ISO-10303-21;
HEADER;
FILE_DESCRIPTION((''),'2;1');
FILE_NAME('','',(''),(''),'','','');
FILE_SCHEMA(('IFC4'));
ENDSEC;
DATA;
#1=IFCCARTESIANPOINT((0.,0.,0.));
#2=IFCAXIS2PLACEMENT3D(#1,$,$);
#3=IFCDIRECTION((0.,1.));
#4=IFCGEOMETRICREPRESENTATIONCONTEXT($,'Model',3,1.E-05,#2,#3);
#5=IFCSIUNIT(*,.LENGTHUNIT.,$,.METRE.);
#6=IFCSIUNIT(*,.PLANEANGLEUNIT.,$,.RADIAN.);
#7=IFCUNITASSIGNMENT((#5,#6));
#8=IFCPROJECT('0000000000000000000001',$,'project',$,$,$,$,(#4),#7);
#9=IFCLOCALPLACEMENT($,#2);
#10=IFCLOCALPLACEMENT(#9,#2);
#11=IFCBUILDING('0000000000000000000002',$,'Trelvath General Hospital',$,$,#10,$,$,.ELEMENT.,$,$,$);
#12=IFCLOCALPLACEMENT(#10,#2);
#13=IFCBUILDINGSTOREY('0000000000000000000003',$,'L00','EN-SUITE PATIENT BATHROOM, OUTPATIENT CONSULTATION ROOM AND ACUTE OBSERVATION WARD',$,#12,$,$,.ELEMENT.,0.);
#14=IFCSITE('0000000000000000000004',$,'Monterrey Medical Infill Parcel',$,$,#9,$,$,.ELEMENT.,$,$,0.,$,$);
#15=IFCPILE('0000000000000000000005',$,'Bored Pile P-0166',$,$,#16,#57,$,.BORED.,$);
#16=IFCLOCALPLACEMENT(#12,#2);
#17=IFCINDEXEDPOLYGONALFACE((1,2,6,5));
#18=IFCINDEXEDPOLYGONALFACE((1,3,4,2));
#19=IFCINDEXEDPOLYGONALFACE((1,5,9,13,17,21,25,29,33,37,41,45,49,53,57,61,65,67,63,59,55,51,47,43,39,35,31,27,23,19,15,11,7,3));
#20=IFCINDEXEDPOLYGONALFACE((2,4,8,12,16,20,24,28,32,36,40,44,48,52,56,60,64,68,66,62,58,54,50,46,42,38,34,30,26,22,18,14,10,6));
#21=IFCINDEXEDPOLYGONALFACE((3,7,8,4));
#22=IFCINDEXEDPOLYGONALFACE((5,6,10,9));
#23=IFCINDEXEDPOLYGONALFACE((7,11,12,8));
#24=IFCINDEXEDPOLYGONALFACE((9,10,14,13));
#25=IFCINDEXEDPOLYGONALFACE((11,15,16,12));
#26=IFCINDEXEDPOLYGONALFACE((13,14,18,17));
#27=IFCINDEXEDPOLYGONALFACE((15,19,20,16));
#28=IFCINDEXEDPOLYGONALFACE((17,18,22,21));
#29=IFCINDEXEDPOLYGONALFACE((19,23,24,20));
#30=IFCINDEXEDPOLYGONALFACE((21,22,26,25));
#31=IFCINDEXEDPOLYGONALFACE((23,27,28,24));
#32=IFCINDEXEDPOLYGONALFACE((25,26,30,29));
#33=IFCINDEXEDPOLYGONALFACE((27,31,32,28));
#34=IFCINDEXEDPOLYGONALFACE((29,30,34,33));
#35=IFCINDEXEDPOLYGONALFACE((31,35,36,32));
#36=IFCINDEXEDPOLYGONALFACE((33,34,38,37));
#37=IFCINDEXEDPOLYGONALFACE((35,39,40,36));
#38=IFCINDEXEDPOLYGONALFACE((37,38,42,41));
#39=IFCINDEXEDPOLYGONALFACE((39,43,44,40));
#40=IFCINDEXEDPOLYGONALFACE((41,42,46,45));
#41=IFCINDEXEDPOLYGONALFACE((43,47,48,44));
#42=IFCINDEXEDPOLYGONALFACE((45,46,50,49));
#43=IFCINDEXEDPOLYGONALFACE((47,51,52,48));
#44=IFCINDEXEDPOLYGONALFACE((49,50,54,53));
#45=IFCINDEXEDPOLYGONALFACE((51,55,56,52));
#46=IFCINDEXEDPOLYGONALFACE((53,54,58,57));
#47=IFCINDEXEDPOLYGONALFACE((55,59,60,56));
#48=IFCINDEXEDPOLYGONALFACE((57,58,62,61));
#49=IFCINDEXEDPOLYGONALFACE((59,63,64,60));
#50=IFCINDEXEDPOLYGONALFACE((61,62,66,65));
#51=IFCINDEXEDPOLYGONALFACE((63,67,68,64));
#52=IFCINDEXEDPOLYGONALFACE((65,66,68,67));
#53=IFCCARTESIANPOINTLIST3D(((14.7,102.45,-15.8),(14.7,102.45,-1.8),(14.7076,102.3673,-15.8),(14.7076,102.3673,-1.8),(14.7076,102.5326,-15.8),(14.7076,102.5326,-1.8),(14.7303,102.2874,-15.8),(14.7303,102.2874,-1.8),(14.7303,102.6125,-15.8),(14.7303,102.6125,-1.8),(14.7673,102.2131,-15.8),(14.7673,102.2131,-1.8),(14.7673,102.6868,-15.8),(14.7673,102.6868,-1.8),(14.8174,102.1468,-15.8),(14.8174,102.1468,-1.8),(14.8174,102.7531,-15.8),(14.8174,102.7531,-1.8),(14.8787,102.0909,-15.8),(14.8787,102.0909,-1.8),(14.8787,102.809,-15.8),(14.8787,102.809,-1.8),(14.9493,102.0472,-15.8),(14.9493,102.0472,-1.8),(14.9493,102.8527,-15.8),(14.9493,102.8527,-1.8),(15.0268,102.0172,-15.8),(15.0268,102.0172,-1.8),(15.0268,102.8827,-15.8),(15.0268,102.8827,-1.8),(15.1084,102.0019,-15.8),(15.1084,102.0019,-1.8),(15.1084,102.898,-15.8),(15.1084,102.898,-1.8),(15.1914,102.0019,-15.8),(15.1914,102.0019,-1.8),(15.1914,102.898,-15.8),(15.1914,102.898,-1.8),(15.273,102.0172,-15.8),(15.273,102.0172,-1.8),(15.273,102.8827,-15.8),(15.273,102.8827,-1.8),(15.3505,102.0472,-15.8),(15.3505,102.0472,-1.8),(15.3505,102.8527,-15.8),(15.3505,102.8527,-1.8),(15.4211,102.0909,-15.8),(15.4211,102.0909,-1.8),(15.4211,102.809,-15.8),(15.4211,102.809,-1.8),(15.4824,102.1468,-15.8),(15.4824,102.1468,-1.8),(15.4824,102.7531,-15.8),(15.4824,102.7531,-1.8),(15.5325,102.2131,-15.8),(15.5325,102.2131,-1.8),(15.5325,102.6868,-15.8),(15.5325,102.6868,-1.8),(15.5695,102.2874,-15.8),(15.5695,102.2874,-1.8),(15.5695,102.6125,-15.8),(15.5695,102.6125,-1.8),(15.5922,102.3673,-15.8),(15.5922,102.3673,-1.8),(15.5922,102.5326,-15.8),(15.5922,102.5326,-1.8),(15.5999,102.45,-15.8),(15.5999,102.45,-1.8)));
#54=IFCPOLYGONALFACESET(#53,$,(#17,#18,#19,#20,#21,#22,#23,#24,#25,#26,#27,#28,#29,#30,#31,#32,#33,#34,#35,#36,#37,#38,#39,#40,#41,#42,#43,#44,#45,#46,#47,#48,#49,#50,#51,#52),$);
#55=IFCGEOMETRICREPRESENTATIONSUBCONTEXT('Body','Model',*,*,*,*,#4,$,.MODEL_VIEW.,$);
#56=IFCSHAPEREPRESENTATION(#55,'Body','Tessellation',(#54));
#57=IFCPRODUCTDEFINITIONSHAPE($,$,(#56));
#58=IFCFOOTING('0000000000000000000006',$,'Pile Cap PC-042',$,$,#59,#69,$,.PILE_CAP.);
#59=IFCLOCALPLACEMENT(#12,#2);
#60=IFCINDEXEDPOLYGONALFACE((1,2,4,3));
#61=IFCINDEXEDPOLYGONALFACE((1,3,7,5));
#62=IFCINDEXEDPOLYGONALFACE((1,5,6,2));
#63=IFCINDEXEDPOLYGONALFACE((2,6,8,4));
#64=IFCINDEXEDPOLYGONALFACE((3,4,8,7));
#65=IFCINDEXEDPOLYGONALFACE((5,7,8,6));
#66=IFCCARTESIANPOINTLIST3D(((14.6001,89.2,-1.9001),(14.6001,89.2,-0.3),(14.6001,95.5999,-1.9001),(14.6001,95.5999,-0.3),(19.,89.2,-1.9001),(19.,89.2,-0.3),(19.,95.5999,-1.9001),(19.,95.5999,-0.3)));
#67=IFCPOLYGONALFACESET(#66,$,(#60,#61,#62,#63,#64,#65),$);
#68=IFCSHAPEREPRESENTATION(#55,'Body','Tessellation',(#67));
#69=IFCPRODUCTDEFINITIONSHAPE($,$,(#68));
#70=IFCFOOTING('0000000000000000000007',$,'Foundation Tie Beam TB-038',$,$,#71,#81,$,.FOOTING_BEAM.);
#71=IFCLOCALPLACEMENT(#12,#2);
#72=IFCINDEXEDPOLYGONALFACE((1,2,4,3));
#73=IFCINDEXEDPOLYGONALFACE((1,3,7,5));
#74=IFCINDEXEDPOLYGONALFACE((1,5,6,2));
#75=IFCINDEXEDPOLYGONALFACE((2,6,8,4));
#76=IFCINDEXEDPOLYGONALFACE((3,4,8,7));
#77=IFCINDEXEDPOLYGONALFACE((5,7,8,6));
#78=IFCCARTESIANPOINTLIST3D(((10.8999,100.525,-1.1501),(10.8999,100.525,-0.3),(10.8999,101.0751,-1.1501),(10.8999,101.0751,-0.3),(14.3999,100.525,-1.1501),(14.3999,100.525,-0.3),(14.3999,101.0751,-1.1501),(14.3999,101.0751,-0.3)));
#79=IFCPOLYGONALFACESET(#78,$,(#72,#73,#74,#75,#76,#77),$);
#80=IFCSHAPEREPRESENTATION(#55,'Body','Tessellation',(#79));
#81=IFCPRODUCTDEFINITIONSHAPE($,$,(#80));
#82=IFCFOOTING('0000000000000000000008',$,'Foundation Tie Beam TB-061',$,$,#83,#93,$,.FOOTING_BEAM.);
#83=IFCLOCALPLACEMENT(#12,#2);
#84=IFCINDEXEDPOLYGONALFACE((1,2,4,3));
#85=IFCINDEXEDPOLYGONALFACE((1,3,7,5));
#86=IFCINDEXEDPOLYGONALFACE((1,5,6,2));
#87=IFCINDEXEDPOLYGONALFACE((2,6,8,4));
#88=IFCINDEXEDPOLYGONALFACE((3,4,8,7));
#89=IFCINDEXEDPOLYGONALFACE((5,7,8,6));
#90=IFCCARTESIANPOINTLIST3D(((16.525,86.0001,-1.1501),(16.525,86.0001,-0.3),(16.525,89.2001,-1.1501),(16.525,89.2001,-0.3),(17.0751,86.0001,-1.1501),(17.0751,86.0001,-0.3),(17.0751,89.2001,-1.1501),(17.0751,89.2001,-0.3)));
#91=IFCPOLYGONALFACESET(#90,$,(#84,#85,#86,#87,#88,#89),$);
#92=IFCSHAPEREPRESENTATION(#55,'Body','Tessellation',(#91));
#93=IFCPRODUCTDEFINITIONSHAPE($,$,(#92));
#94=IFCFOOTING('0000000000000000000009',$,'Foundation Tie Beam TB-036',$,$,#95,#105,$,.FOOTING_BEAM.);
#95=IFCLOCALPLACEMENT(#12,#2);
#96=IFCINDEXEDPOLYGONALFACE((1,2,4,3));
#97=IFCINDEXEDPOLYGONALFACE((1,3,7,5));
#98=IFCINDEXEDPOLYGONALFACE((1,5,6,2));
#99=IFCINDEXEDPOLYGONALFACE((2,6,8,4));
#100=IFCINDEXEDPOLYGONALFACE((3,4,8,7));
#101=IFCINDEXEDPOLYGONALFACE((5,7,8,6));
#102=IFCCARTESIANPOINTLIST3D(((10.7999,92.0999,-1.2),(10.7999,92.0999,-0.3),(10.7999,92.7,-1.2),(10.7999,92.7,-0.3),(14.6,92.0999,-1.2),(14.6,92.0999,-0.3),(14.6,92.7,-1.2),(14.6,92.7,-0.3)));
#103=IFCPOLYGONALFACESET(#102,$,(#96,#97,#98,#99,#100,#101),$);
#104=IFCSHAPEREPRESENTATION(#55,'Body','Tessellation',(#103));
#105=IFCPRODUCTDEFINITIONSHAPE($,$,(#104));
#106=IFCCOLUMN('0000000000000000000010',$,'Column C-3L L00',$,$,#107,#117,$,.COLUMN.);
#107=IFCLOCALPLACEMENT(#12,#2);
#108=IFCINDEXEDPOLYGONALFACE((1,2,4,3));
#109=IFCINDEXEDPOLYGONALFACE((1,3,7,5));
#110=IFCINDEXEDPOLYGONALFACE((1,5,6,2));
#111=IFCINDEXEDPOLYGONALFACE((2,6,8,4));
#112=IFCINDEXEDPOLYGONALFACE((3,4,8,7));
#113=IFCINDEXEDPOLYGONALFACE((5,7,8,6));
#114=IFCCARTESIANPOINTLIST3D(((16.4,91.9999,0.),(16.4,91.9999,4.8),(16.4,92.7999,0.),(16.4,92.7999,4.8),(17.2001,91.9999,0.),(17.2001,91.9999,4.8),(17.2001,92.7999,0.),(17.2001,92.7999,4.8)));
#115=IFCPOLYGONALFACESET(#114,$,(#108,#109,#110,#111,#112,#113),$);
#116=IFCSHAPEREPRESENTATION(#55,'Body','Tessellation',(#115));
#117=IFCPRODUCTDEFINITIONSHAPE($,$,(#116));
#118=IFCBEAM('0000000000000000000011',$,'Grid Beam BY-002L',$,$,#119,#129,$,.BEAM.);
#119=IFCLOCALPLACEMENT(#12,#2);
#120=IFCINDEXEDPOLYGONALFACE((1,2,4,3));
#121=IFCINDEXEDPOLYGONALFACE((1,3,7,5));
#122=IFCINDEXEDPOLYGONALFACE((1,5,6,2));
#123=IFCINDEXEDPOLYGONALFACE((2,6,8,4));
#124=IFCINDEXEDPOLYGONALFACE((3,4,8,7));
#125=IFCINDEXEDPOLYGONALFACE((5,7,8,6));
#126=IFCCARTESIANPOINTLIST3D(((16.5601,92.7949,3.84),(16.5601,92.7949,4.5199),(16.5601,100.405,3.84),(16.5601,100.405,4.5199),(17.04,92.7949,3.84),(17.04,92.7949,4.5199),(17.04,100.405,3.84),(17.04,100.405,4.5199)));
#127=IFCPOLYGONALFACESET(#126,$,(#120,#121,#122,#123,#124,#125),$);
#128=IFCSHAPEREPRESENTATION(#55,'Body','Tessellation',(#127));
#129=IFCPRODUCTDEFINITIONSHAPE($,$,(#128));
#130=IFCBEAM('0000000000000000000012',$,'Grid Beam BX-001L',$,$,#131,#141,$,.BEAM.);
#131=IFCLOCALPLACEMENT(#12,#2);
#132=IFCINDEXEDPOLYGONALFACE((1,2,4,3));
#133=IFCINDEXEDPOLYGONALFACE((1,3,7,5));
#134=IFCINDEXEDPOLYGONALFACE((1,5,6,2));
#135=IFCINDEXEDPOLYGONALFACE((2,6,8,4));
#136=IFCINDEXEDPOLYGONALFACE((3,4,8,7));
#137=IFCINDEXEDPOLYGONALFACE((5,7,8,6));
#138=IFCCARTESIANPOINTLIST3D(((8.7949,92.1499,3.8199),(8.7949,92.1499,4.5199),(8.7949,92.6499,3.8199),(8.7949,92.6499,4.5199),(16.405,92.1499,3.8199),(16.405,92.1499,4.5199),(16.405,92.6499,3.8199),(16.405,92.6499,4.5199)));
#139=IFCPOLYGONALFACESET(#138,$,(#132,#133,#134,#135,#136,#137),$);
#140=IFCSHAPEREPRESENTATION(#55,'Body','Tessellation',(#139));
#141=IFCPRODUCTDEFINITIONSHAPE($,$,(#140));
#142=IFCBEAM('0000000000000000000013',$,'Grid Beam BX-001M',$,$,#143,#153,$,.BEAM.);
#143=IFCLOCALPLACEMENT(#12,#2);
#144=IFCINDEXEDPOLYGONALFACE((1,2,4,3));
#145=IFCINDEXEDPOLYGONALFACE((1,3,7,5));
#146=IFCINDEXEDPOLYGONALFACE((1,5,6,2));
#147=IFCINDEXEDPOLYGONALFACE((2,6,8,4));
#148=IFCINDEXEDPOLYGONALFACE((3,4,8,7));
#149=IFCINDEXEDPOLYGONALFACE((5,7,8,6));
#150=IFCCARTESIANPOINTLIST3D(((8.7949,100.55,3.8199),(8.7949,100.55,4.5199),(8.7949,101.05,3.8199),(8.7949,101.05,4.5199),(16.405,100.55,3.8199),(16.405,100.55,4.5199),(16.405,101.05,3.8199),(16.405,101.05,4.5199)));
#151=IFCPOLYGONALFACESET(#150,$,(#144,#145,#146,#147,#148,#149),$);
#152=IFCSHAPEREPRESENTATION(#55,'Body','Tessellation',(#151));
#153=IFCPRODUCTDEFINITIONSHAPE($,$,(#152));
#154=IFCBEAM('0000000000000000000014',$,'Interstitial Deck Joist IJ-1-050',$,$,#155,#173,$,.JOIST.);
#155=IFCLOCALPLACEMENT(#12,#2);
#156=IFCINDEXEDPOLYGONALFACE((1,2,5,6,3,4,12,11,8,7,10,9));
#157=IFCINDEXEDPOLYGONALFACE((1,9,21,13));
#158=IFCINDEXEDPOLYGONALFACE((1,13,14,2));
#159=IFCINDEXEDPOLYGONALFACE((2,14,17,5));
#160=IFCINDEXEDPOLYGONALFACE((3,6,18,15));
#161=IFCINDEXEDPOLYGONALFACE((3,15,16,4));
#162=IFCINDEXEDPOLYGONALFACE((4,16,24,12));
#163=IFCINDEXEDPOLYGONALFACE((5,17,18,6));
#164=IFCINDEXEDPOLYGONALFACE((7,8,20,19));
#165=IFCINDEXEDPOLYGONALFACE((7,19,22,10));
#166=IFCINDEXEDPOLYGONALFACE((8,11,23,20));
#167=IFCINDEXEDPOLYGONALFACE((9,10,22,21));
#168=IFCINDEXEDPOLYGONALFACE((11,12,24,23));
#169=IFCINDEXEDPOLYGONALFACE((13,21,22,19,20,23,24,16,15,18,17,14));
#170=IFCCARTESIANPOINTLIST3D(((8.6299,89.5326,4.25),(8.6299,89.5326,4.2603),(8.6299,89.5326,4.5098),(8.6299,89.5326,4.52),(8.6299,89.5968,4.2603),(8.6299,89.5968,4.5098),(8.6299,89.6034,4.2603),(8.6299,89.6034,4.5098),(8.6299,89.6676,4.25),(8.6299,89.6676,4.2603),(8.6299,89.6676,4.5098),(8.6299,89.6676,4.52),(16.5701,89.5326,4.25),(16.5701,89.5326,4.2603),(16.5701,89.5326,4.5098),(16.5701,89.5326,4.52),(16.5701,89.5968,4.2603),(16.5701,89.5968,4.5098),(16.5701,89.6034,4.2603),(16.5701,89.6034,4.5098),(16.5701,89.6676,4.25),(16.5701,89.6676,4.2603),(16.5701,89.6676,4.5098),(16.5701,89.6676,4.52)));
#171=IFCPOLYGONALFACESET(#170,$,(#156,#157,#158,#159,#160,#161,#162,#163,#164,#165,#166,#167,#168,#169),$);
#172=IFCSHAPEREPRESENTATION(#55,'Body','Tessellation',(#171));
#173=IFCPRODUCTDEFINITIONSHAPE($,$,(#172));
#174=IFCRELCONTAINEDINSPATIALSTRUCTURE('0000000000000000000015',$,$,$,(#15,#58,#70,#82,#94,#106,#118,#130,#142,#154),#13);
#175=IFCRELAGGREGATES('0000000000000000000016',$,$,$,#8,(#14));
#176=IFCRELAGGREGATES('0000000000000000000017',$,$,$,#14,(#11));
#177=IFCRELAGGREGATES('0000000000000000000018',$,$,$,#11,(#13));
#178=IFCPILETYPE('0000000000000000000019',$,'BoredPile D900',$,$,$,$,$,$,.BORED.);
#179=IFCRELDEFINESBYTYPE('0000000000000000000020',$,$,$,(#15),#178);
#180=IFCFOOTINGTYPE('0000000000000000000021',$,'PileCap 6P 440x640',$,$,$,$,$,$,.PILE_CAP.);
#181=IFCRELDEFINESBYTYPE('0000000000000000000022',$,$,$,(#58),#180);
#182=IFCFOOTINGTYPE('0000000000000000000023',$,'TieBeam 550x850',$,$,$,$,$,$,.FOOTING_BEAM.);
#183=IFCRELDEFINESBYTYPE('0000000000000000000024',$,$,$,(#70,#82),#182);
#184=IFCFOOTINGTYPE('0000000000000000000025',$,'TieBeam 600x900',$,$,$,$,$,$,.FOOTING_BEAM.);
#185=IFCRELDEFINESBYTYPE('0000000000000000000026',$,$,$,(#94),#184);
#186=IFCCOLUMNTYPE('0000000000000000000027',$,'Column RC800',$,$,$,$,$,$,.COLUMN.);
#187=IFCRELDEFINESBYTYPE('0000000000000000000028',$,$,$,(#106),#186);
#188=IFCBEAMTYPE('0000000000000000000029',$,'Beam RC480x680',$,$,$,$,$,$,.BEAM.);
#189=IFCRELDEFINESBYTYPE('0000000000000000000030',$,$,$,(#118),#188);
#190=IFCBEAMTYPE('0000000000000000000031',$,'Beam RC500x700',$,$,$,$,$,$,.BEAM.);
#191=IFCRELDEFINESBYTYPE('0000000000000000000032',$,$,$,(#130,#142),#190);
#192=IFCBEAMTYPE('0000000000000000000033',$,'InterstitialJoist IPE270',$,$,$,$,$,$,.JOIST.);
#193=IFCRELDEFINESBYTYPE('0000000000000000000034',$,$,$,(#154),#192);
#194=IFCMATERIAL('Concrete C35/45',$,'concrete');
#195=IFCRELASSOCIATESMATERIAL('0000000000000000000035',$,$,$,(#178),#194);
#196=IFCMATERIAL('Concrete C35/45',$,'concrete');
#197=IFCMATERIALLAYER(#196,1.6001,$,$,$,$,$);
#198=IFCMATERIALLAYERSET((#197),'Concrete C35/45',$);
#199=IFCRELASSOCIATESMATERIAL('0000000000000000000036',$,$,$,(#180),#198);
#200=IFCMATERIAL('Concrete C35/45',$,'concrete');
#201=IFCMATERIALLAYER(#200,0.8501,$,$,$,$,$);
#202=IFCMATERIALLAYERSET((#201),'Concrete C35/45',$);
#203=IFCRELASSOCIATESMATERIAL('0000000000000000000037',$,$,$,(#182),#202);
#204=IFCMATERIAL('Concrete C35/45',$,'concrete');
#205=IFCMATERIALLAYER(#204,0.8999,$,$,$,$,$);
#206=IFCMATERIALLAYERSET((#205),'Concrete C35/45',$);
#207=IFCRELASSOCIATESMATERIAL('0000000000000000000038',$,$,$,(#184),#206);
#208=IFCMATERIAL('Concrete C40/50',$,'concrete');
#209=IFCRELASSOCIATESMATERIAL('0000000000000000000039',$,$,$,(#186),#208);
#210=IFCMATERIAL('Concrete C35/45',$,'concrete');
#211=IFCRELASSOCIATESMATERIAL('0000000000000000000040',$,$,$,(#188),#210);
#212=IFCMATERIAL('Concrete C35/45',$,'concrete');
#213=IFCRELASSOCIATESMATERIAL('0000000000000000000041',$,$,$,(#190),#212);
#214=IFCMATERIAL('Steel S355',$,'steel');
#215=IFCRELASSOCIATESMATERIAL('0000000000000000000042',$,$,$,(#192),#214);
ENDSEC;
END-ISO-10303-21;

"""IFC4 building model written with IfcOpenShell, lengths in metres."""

from ifc_helpers import new_model, si_unit, direction, frame, origin, origin_2d, place, context, subcontext, project, spatial, rectangle, circle, i_section, extrude, material, layer, layer_set, material_profile, profile_set, type_object, element, save


model = new_model("IFC4")

# Units and contexts
model_context = context("Model", 3, precision=1e-05, world=origin(), true_north=direction((0.0, 1.0)))
body_context = subcontext(model_context, "Body", "Model", "MODEL_VIEW")
ifc_project = project(units=[si_unit("LENGTHUNIT", "METRE"), si_unit("PLANEANGLEUNIT", "RADIAN")], contexts=[model_context])

# Site, building, storey
site_placement = place(None, origin())
site = spatial("IfcSite", under=ifc_project, at=site_placement, Name="Monterrey Medical Infill Parcel", CompositionType="ELEMENT", RefElevation=0.0)
building_placement = place(site_placement, origin())
building = spatial("IfcBuilding", under=site, at=building_placement, Name="Trelvath General Hospital", CompositionType="ELEMENT")
storey_placement = place(building_placement, origin())
storey = spatial("IfcBuildingStorey", under=building, at=storey_placement, Name="L00", Description="EN-SUITE PATIENT BATHROOM, OUTPATIENT CONSULTATION ROOM AND ACUTE OBSERVATION WARD", CompositionType="ELEMENT", Elevation=0.0)

# Pile
ifc_material_1 = material(Name="Concrete C35/45", Category="concrete")
ifc_material_profile_1 = material_profile(ifc_material_1, circle(Radius=0.45, at=origin_2d()), Name="PILE900")
ifc_profile_set_1 = profile_set([ifc_material_profile_1], Name="Concrete C35/45")
pile_type_1 = type_object("IfcPileType", Name="BoredPile D900", PredefinedType="BORED", material=ifc_profile_set_1)
for number, where, z_axis, x_axis, name in (
    (1, (15.1499, 102.45, -1.8), (0.0, 0.0, -1.0), (1.0, 0.0, 0.0), "Bored Pile P-0166"),
):
    element("IfcPile", number, at=place(storey_placement, frame(where, z_axis=z_axis, x_axis=x_axis)), inside=storey, type_object=pile_type_1, Name=name, PredefinedType="BORED", context=body_context, shape_type="SweptSolid", body=[
        extrude(circle(Radius=0.45, at=origin_2d()), origin(), (0.0, 0.0, 1.0), 14.0),
    ])

# Footings
ifc_material_2 = material(Name="Concrete C35/45", Category="concrete")
ifc_layer_1 = layer(ifc_material_2, 1.6001)
ifc_layer_set_1 = layer_set([ifc_layer_1], Name="Concrete C35/45")
footing_type_1 = type_object("IfcFootingType", Name="PileCap 6P 440x640", PredefinedType="PILE_CAP", material=ifc_layer_set_1)
footing_1_placement = place(storey_placement, frame((16.8, 92.3999, -1.9001), z_axis=(0.0, 0.0, 1.0), x_axis=(1.0, 0.0, 0.0)))
element("IfcFooting", 2, at=footing_1_placement, inside=storey, type_object=footing_type_1, Name="Pile Cap PC-042", PredefinedType="PILE_CAP", context=body_context, shape_type="SweptSolid", body=[
    extrude(rectangle(XDim=4.3999, YDim=6.3999, at=origin_2d()), origin(), (0.0, 0.0, 1.0), 1.6001),
])
ifc_material_3 = material(Name="Concrete C35/45", Category="concrete")
ifc_layer_2 = layer(ifc_material_3, 0.8501)
ifc_layer_set_2 = layer_set([ifc_layer_2], Name="Concrete C35/45")
footing_type_2 = type_object("IfcFootingType", Name="TieBeam 550x850", PredefinedType="FOOTING_BEAM", material=ifc_layer_set_2)
footing_2_placement = place(storey_placement, frame((12.6499, 100.8, -1.1501), z_axis=(0.0, 0.0, 1.0), x_axis=(1.0, 0.0, 0.0)))
element("IfcFooting", 3, at=footing_2_placement, inside=storey, type_object=footing_type_2, Name="Foundation Tie Beam TB-038", PredefinedType="FOOTING_BEAM", context=body_context, shape_type="SweptSolid", body=[
    extrude(rectangle(XDim=3.5, YDim=0.55, at=origin_2d()), origin(), (0.0, 0.0, 1.0), 0.8501),
])
footing_3_placement = place(storey_placement, frame((16.8, 87.6001, -1.1501), z_axis=(0.0, 0.0, 1.0), x_axis=(1.0, 0.0, 0.0)))
element("IfcFooting", 4, at=footing_3_placement, inside=storey, type_object=footing_type_2, Name="Foundation Tie Beam TB-061", PredefinedType="FOOTING_BEAM", context=body_context, shape_type="SweptSolid", body=[
    extrude(rectangle(XDim=0.55, YDim=3.2, at=origin_2d()), origin(), (0.0, 0.0, 1.0), 0.8501),
])
ifc_material_4 = material(Name="Concrete C35/45", Category="concrete")
ifc_layer_3 = layer(ifc_material_4, 0.8999)
ifc_layer_set_3 = layer_set([ifc_layer_3], Name="Concrete C35/45")
footing_type_3 = type_object("IfcFootingType", Name="TieBeam 600x900", PredefinedType="FOOTING_BEAM", material=ifc_layer_set_3)
footing_4_placement = place(storey_placement, frame((12.7, 92.3999, -1.2), z_axis=(0.0, 0.0, 1.0), x_axis=(1.0, 0.0, 0.0)))
element("IfcFooting", 5, at=footing_4_placement, inside=storey, type_object=footing_type_3, Name="Foundation Tie Beam TB-036", PredefinedType="FOOTING_BEAM", context=body_context, shape_type="SweptSolid", body=[
    extrude(rectangle(XDim=3.8, YDim=0.6001, at=origin_2d()), origin(), (0.0, 0.0, 1.0), 0.8999),
])

# Column
ifc_material_5 = material(Name="Concrete C40/50", Category="concrete")
ifc_material_profile_2 = material_profile(ifc_material_5, rectangle(XDim=0.8, YDim=0.8, at=origin_2d()), Name="RC800x800")
ifc_profile_set_2 = profile_set([ifc_material_profile_2], Name="Concrete C40/50")
column_type = type_object("IfcColumnType", Name="Column RC800", PredefinedType="COLUMN", material=ifc_profile_set_2)
column_placement = place(storey_placement, frame((16.8, 92.3999, 0.0), z_axis=(0.0, 0.0, 1.0), x_axis=(1.0, 0.0, 0.0)))
element("IfcColumn", 6, at=column_placement, inside=storey, type_object=column_type, Name="Column C-3L L00", PredefinedType="COLUMN", context=body_context, shape_type="SweptSolid", body=[
    extrude(rectangle(XDim=0.8, YDim=0.8, at=origin_2d()), origin(), (0.0, 0.0, 1.0), 4.8),
])

# Beams
ifc_material_6 = material(Name="Concrete C35/45", Category="concrete")
ifc_material_profile_3 = material_profile(ifc_material_6, rectangle(XDim=0.48, YDim=0.6799, at=origin_2d()), Name="RCB480x680")
ifc_profile_set_3 = profile_set([ifc_material_profile_3], Name="Concrete C35/45")
beam_type_1 = type_object("IfcBeamType", Name="Beam RC480x680", PredefinedType="BEAM", material=ifc_profile_set_3)
beam_placement = place(storey_placement, frame((16.8, 92.7949, 4.1799), z_axis=(0.0, 1.0, 0.0), x_axis=(-1.0, 0.0, 0.0)))
element("IfcBeam", 7, at=beam_placement, inside=storey, type_object=beam_type_1, Name="Grid Beam BY-002L", PredefinedType="BEAM", context=body_context, shape_type="SweptSolid", body=[
    extrude(rectangle(XDim=0.48, YDim=0.6799, at=origin_2d()), origin(), (0.0, 0.0, 1.0), 7.6101),
])
ifc_material_7 = material(Name="Concrete C35/45", Category="concrete")
ifc_material_profile_4 = material_profile(ifc_material_7, rectangle(XDim=0.5, YDim=0.7, at=origin_2d()), Name="RCB500x700")
ifc_profile_set_4 = profile_set([ifc_material_profile_4], Name="Concrete C35/45")
beam_type_2 = type_object("IfcBeamType", Name="Beam RC500x700", PredefinedType="BEAM", material=ifc_profile_set_4)
for number, where, z_axis, x_axis, name in (
    (8, (8.7949, 92.3999, 4.1699), (1.0, 0.0, 0.0), (0.0, 1.0, 0.0), "Grid Beam BX-001L"),
    (9, (8.7949, 100.8, 4.1699), (1.0, 0.0, 0.0), (0.0, 1.0, 0.0), "Grid Beam BX-001M"),
):
    element("IfcBeam", number, at=place(storey_placement, frame(where, z_axis=z_axis, x_axis=x_axis)), inside=storey, type_object=beam_type_2, Name=name, PredefinedType="BEAM", context=body_context, shape_type="SweptSolid", body=[
        extrude(rectangle(XDim=0.5, YDim=0.7, at=origin_2d()), origin(), (0.0, 0.0, 1.0), 7.6101),
    ])
ifc_material_8 = material(Name="Steel S355", Category="steel")
ifc_material_profile_5 = material_profile(ifc_material_8, i_section(OverallWidth=0.135, OverallDepth=0.27, WebThickness=0.0066, FlangeThickness=0.0103, at=origin_2d()), Name="IPE270")
ifc_profile_set_5 = profile_set([ifc_material_profile_5], Name="Steel S355")
beam_type_3 = type_object("IfcBeamType", Name="InterstitialJoist IPE270", PredefinedType="JOIST", material=ifc_profile_set_5)
for number, where, z_axis, x_axis, name in (
    (10, (8.6299, 89.6001, 4.385), (1.0, 0.0, 0.0), (0.0, 1.0, 0.0), "Interstitial Deck Joist IJ-1-050"),
):
    element("IfcBeam", number, at=place(storey_placement, frame(where, z_axis=z_axis, x_axis=x_axis)), inside=storey, type_object=beam_type_3, Name=name, PredefinedType="JOIST", context=body_context, shape_type="SweptSolid", body=[
        extrude(i_section(OverallWidth=0.135, OverallDepth=0.27, WebThickness=0.0066, FlangeThickness=0.0103, at=origin_2d()), origin(), (0.0, 0.0, 1.0), 7.9402),
    ])

save(model, "model.ifc")
